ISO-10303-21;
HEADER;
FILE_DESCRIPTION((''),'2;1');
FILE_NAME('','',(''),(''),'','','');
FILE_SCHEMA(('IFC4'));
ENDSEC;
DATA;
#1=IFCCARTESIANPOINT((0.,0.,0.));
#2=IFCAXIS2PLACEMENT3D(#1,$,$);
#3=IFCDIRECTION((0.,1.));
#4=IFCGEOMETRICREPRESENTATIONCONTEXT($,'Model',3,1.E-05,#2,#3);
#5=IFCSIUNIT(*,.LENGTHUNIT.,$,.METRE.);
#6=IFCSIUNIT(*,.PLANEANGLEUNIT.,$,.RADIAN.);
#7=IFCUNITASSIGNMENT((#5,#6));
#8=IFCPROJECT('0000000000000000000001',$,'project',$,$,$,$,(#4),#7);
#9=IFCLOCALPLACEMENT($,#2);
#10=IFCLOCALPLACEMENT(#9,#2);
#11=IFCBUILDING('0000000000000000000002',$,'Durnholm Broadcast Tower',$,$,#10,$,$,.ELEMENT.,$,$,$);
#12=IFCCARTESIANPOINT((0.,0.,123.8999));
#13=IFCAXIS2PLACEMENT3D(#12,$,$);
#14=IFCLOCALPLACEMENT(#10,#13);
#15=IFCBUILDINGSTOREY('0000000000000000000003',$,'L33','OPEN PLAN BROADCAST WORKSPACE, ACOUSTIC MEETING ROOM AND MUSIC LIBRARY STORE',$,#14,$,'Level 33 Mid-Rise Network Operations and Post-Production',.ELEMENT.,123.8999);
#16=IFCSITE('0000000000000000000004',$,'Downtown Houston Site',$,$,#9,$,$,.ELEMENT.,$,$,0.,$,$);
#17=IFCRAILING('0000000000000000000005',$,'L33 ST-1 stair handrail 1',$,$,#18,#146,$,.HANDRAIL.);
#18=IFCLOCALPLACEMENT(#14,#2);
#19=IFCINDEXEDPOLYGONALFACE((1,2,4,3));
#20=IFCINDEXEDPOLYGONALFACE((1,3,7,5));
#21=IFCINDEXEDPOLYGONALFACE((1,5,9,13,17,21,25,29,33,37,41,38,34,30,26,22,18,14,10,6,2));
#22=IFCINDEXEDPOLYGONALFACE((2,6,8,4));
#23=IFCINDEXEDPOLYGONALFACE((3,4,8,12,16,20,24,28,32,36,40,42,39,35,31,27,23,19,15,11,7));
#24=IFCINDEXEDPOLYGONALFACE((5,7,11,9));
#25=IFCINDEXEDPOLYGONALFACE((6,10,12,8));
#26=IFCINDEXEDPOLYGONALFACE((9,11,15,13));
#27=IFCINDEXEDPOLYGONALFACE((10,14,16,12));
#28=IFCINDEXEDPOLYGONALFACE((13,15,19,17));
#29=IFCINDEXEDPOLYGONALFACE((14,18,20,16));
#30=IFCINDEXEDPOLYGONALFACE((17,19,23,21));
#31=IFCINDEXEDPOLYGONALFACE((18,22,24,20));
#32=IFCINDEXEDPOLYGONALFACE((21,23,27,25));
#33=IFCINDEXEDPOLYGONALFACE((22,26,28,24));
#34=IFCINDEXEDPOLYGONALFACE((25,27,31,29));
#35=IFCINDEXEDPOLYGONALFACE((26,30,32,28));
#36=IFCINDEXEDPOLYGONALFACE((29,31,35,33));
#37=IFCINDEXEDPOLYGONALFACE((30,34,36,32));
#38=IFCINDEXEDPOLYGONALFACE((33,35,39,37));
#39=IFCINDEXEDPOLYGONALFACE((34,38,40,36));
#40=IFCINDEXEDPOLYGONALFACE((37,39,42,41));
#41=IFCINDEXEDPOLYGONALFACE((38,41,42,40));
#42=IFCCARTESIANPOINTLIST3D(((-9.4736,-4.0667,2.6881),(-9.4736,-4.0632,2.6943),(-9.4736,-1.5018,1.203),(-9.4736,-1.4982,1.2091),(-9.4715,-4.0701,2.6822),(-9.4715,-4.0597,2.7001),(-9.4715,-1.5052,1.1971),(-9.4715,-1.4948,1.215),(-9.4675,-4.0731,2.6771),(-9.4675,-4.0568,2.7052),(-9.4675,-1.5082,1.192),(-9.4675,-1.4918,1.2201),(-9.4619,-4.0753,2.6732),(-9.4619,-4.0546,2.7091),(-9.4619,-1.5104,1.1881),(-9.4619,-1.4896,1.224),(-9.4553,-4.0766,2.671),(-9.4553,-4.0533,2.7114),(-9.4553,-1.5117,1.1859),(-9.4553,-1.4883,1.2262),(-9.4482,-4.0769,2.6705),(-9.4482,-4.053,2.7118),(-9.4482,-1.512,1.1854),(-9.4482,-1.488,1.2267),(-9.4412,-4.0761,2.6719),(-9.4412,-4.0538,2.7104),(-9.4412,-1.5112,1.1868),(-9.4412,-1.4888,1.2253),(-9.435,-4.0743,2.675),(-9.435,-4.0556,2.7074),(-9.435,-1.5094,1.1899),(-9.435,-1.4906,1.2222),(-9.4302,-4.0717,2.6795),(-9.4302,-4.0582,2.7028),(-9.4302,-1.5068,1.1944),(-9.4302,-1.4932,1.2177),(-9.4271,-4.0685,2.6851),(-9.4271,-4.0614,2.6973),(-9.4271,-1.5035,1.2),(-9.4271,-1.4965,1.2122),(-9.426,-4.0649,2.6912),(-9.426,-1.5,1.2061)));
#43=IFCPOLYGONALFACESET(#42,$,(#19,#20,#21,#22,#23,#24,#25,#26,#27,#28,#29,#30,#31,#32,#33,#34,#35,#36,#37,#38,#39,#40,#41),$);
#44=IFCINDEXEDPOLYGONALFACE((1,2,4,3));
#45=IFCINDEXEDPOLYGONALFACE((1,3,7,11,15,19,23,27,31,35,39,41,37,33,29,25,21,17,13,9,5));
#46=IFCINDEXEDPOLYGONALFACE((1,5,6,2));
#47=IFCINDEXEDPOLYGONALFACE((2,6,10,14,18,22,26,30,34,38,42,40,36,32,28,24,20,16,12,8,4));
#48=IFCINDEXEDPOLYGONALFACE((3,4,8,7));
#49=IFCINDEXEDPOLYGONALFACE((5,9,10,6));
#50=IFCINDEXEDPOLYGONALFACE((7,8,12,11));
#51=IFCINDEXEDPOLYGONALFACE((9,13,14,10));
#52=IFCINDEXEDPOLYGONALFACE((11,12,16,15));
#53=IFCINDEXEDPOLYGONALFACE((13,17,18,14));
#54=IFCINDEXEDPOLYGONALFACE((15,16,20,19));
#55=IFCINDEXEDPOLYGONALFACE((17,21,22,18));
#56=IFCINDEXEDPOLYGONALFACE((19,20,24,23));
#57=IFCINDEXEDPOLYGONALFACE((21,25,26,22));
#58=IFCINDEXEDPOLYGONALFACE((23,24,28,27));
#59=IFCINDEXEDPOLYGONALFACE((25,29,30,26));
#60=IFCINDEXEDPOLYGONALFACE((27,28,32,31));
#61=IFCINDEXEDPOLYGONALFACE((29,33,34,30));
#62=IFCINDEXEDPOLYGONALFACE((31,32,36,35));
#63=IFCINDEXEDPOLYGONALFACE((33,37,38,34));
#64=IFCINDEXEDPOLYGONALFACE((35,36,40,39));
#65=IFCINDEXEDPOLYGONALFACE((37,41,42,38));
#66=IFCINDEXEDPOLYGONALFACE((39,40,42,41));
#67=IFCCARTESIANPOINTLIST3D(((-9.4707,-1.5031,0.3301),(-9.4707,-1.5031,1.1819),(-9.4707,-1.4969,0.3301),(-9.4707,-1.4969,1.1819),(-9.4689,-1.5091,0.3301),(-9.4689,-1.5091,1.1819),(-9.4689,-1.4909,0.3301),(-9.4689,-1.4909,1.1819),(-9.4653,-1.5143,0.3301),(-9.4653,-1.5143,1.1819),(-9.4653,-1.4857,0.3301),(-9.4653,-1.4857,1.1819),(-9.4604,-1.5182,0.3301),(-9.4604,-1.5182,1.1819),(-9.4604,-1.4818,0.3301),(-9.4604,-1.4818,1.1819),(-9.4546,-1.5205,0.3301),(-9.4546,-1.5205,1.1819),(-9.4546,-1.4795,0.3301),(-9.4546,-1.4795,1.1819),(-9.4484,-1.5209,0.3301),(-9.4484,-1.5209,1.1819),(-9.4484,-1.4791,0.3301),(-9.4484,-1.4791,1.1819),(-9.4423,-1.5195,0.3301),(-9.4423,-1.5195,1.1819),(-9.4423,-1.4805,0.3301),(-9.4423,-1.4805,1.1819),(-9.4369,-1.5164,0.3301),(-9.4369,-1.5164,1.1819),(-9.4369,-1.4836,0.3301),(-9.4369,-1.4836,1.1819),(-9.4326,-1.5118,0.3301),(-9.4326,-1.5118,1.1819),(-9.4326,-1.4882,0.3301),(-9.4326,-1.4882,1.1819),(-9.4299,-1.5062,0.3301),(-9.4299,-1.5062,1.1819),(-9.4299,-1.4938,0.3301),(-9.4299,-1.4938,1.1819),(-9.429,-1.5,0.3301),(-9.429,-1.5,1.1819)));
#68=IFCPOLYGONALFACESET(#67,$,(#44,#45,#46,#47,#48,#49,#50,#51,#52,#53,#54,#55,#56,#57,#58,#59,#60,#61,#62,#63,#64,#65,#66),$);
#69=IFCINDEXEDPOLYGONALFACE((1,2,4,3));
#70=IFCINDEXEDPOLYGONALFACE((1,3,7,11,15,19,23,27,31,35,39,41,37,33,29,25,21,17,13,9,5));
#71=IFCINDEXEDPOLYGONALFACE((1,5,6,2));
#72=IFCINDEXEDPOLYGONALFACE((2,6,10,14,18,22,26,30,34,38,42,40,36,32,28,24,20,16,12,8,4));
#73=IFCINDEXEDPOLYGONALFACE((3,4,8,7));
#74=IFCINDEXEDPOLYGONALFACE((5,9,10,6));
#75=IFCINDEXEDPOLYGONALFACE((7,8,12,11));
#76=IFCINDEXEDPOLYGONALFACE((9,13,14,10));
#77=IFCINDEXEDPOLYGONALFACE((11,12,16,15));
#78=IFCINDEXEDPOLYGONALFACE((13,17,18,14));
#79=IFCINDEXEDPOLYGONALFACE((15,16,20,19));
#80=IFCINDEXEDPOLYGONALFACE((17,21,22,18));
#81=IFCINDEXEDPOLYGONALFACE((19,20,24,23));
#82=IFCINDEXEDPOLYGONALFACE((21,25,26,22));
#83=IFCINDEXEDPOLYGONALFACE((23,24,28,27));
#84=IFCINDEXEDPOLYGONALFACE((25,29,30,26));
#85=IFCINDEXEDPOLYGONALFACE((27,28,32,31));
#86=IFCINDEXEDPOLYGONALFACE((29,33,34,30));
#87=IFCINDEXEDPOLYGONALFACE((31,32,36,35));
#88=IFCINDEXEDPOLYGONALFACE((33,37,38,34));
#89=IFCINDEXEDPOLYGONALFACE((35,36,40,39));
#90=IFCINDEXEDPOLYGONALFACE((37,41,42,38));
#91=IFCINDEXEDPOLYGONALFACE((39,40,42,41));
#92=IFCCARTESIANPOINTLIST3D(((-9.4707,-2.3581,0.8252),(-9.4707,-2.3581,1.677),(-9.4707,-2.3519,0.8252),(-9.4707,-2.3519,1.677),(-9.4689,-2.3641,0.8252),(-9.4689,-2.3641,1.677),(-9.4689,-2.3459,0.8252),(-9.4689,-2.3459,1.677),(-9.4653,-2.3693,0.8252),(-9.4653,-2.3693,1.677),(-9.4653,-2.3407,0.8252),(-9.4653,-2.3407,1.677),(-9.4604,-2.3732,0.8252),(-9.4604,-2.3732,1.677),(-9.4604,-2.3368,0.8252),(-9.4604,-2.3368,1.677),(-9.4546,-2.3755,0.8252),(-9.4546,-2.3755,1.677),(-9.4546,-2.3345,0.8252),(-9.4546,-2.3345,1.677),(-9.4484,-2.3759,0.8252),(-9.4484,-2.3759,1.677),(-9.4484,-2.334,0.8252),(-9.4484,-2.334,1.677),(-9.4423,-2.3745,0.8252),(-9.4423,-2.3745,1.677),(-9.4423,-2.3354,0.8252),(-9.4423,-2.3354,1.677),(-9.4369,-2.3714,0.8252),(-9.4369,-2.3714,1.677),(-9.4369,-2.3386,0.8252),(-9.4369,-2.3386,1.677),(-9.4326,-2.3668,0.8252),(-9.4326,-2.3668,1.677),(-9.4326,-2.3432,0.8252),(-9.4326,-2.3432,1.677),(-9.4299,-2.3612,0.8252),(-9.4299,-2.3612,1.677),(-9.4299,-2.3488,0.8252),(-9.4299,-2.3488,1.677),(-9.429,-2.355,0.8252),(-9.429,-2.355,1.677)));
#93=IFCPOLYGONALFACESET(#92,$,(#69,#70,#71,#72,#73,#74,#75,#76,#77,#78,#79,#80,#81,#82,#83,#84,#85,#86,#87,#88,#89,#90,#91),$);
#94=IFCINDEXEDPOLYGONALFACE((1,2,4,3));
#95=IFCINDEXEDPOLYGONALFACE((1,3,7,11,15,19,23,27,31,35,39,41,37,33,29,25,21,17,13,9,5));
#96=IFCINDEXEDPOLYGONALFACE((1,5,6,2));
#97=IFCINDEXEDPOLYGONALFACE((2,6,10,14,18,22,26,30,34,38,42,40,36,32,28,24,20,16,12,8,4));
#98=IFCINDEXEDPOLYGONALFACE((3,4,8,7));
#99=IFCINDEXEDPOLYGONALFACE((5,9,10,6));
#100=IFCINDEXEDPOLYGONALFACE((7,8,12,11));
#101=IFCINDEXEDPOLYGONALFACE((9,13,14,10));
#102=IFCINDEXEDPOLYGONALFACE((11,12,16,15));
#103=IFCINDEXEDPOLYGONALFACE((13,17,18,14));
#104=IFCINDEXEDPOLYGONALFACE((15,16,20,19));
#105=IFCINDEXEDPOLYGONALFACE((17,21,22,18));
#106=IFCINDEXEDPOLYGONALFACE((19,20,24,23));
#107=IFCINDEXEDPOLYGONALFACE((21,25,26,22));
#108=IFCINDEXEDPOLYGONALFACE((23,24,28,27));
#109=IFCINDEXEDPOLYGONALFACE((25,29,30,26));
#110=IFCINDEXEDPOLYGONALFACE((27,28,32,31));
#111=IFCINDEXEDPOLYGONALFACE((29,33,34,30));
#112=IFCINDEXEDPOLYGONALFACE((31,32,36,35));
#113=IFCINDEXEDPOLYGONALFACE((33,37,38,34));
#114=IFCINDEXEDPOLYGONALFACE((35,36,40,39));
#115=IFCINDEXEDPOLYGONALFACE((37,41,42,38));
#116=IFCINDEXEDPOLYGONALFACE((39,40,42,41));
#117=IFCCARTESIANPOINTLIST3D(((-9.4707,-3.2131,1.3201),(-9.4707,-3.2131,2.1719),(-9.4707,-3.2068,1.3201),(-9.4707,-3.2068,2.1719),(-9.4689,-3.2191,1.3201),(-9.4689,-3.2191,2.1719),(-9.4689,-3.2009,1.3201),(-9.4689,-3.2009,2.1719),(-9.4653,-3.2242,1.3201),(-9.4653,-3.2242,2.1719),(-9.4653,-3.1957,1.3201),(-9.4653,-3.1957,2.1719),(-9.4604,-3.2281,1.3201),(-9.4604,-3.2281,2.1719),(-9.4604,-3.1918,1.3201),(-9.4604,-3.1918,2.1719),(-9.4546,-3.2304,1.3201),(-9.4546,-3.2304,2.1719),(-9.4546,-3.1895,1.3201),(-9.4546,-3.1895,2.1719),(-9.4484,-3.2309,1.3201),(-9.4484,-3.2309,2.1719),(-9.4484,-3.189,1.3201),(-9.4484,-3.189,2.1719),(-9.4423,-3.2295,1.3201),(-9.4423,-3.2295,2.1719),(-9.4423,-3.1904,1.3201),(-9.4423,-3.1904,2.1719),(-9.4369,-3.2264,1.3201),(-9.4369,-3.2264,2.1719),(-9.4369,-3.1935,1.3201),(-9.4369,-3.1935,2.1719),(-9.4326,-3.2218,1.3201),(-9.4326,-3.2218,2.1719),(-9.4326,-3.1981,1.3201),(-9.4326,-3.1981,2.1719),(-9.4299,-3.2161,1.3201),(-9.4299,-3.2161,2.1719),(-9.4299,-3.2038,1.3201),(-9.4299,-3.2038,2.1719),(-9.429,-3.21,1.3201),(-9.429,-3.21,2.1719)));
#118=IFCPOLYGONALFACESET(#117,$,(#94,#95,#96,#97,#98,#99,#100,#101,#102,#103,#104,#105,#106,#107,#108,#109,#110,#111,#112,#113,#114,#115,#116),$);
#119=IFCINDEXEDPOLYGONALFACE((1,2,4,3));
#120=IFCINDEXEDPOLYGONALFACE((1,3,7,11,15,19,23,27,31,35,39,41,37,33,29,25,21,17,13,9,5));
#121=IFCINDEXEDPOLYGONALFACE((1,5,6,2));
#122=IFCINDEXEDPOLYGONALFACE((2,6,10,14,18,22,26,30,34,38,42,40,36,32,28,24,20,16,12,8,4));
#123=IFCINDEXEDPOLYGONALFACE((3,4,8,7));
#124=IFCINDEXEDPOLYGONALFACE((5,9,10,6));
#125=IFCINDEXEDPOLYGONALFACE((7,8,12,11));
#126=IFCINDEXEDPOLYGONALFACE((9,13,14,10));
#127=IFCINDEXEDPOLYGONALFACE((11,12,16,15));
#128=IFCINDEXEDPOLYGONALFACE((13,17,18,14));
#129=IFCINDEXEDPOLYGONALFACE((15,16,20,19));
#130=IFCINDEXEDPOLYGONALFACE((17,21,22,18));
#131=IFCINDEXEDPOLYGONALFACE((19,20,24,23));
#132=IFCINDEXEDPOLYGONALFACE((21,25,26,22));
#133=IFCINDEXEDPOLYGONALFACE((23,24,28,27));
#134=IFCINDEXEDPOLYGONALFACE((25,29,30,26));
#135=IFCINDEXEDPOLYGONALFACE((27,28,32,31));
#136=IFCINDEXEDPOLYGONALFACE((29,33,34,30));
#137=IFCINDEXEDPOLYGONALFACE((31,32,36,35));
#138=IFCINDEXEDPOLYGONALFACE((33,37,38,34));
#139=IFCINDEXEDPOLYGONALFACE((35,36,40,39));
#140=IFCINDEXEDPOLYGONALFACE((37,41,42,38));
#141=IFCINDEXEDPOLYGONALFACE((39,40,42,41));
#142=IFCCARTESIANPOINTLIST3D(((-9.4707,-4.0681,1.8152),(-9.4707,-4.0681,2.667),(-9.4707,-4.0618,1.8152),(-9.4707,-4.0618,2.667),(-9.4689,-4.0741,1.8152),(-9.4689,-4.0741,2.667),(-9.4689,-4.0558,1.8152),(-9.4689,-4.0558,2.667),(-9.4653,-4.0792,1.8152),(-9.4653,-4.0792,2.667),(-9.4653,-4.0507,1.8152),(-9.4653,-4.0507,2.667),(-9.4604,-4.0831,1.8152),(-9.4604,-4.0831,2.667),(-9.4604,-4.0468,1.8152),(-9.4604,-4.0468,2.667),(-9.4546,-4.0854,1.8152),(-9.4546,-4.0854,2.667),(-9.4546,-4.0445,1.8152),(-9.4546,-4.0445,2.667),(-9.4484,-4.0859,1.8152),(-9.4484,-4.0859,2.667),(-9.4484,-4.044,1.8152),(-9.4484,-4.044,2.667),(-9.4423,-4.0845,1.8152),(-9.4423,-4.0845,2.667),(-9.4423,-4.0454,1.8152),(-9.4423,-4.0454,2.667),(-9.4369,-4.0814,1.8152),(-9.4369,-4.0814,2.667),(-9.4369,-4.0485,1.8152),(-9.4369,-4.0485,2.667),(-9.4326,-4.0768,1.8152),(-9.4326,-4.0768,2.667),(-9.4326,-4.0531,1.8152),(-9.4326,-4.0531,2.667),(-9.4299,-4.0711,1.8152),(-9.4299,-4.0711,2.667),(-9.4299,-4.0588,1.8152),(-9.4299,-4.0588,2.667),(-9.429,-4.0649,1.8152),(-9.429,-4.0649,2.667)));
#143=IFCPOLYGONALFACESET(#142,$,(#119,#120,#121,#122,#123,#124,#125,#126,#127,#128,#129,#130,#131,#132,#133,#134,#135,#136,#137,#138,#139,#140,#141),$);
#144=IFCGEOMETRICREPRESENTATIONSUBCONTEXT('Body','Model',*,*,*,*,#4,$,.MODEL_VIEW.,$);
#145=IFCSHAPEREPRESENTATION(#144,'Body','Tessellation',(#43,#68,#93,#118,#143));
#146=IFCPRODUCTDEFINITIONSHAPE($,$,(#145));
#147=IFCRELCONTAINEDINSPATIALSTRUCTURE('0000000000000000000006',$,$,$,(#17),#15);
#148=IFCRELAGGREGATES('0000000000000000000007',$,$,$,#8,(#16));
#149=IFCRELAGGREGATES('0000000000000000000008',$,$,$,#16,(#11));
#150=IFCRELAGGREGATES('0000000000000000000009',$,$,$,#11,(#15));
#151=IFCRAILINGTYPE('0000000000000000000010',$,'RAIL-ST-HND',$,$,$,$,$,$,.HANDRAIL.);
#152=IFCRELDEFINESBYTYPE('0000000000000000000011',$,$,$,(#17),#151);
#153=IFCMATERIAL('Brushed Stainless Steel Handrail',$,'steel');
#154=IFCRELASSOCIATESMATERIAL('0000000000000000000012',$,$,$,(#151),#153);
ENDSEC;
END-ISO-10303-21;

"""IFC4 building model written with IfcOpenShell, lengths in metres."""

from ifc_helpers import new_model, si_unit, direction, frame, origin, origin_2d, place, context, subcontext, project, spatial, circle, extrude, material, type_object, element, save


model = new_model("IFC4")

# Units and contexts
model_context = context("Model", 3, precision=1e-05, world=origin(), true_north=direction((0.0, 1.0)))
body_context = subcontext(model_context, "Body", "Model", "MODEL_VIEW")
ifc_project = project(units=[si_unit("LENGTHUNIT", "METRE"), si_unit("PLANEANGLEUNIT", "RADIAN")], contexts=[model_context])

# Site, building, storey
site_placement = place(None, origin())
site = spatial("IfcSite", under=ifc_project, at=site_placement, Name="Downtown Houston Site", CompositionType="ELEMENT", RefElevation=0.0)
building_placement = place(site_placement, origin())
building = spatial("IfcBuilding", under=site, at=building_placement, Name="Durnholm Broadcast Tower", CompositionType="ELEMENT")
storey_placement = place(building_placement, frame((0.0, 0.0, 123.8999)))
storey = spatial("IfcBuildingStorey", under=building, at=storey_placement, Name="L33", Description="OPEN PLAN BROADCAST WORKSPACE, ACOUSTIC MEETING ROOM AND MUSIC LIBRARY STORE", LongName="Level 33 Mid-Rise Network Operations and Post-Production", CompositionType="ELEMENT", Elevation=123.8999)

# Railing
ifc_material_1 = material(Name="Brushed Stainless Steel Handrail", Category="steel")
railing_type_1 = type_object("IfcRailingType", Name="RAIL-ST-HND", PredefinedType="HANDRAIL", material=ifc_material_1)
railing_1_placement = place(storey_placement, frame((-9.45, -1.5, 0.3301)))
element("IfcRailing", 1, at=railing_1_placement, inside=storey, type_object=railing_type_1, Name="L33 ST-1 stair handrail 1", PredefinedType="HANDRAIL", context=body_context, shape_type="SweptSolid", body=[
    extrude(circle(Radius=0.0239, at=origin_2d()), frame((0.0, 0.0, 0.876), z_axis=(0.0, -0.865406, 0.501072), x_axis=(1.0, 0.0, 0.0)), (0.0, 0.0, 1.0), 2.9639),
    extrude(circle(Radius=0.021, at=origin_2d()), origin(), (0.0, 0.0, 1.0), 0.8518),
    extrude(circle(Radius=0.021, at=origin_2d()), frame((0.0, -0.855, 0.4951)), (0.0, 0.0, 1.0), 0.8518),
    extrude(circle(Radius=0.021, at=origin_2d()), frame((0.0, -1.71, 0.99)), (0.0, 0.0, 1.0), 0.8518),
    extrude(circle(Radius=0.021, at=origin_2d()), frame((0.0, -2.5649, 1.4851)), (0.0, 0.0, 1.0), 0.8518),
])

save(model, "model.ifc")
